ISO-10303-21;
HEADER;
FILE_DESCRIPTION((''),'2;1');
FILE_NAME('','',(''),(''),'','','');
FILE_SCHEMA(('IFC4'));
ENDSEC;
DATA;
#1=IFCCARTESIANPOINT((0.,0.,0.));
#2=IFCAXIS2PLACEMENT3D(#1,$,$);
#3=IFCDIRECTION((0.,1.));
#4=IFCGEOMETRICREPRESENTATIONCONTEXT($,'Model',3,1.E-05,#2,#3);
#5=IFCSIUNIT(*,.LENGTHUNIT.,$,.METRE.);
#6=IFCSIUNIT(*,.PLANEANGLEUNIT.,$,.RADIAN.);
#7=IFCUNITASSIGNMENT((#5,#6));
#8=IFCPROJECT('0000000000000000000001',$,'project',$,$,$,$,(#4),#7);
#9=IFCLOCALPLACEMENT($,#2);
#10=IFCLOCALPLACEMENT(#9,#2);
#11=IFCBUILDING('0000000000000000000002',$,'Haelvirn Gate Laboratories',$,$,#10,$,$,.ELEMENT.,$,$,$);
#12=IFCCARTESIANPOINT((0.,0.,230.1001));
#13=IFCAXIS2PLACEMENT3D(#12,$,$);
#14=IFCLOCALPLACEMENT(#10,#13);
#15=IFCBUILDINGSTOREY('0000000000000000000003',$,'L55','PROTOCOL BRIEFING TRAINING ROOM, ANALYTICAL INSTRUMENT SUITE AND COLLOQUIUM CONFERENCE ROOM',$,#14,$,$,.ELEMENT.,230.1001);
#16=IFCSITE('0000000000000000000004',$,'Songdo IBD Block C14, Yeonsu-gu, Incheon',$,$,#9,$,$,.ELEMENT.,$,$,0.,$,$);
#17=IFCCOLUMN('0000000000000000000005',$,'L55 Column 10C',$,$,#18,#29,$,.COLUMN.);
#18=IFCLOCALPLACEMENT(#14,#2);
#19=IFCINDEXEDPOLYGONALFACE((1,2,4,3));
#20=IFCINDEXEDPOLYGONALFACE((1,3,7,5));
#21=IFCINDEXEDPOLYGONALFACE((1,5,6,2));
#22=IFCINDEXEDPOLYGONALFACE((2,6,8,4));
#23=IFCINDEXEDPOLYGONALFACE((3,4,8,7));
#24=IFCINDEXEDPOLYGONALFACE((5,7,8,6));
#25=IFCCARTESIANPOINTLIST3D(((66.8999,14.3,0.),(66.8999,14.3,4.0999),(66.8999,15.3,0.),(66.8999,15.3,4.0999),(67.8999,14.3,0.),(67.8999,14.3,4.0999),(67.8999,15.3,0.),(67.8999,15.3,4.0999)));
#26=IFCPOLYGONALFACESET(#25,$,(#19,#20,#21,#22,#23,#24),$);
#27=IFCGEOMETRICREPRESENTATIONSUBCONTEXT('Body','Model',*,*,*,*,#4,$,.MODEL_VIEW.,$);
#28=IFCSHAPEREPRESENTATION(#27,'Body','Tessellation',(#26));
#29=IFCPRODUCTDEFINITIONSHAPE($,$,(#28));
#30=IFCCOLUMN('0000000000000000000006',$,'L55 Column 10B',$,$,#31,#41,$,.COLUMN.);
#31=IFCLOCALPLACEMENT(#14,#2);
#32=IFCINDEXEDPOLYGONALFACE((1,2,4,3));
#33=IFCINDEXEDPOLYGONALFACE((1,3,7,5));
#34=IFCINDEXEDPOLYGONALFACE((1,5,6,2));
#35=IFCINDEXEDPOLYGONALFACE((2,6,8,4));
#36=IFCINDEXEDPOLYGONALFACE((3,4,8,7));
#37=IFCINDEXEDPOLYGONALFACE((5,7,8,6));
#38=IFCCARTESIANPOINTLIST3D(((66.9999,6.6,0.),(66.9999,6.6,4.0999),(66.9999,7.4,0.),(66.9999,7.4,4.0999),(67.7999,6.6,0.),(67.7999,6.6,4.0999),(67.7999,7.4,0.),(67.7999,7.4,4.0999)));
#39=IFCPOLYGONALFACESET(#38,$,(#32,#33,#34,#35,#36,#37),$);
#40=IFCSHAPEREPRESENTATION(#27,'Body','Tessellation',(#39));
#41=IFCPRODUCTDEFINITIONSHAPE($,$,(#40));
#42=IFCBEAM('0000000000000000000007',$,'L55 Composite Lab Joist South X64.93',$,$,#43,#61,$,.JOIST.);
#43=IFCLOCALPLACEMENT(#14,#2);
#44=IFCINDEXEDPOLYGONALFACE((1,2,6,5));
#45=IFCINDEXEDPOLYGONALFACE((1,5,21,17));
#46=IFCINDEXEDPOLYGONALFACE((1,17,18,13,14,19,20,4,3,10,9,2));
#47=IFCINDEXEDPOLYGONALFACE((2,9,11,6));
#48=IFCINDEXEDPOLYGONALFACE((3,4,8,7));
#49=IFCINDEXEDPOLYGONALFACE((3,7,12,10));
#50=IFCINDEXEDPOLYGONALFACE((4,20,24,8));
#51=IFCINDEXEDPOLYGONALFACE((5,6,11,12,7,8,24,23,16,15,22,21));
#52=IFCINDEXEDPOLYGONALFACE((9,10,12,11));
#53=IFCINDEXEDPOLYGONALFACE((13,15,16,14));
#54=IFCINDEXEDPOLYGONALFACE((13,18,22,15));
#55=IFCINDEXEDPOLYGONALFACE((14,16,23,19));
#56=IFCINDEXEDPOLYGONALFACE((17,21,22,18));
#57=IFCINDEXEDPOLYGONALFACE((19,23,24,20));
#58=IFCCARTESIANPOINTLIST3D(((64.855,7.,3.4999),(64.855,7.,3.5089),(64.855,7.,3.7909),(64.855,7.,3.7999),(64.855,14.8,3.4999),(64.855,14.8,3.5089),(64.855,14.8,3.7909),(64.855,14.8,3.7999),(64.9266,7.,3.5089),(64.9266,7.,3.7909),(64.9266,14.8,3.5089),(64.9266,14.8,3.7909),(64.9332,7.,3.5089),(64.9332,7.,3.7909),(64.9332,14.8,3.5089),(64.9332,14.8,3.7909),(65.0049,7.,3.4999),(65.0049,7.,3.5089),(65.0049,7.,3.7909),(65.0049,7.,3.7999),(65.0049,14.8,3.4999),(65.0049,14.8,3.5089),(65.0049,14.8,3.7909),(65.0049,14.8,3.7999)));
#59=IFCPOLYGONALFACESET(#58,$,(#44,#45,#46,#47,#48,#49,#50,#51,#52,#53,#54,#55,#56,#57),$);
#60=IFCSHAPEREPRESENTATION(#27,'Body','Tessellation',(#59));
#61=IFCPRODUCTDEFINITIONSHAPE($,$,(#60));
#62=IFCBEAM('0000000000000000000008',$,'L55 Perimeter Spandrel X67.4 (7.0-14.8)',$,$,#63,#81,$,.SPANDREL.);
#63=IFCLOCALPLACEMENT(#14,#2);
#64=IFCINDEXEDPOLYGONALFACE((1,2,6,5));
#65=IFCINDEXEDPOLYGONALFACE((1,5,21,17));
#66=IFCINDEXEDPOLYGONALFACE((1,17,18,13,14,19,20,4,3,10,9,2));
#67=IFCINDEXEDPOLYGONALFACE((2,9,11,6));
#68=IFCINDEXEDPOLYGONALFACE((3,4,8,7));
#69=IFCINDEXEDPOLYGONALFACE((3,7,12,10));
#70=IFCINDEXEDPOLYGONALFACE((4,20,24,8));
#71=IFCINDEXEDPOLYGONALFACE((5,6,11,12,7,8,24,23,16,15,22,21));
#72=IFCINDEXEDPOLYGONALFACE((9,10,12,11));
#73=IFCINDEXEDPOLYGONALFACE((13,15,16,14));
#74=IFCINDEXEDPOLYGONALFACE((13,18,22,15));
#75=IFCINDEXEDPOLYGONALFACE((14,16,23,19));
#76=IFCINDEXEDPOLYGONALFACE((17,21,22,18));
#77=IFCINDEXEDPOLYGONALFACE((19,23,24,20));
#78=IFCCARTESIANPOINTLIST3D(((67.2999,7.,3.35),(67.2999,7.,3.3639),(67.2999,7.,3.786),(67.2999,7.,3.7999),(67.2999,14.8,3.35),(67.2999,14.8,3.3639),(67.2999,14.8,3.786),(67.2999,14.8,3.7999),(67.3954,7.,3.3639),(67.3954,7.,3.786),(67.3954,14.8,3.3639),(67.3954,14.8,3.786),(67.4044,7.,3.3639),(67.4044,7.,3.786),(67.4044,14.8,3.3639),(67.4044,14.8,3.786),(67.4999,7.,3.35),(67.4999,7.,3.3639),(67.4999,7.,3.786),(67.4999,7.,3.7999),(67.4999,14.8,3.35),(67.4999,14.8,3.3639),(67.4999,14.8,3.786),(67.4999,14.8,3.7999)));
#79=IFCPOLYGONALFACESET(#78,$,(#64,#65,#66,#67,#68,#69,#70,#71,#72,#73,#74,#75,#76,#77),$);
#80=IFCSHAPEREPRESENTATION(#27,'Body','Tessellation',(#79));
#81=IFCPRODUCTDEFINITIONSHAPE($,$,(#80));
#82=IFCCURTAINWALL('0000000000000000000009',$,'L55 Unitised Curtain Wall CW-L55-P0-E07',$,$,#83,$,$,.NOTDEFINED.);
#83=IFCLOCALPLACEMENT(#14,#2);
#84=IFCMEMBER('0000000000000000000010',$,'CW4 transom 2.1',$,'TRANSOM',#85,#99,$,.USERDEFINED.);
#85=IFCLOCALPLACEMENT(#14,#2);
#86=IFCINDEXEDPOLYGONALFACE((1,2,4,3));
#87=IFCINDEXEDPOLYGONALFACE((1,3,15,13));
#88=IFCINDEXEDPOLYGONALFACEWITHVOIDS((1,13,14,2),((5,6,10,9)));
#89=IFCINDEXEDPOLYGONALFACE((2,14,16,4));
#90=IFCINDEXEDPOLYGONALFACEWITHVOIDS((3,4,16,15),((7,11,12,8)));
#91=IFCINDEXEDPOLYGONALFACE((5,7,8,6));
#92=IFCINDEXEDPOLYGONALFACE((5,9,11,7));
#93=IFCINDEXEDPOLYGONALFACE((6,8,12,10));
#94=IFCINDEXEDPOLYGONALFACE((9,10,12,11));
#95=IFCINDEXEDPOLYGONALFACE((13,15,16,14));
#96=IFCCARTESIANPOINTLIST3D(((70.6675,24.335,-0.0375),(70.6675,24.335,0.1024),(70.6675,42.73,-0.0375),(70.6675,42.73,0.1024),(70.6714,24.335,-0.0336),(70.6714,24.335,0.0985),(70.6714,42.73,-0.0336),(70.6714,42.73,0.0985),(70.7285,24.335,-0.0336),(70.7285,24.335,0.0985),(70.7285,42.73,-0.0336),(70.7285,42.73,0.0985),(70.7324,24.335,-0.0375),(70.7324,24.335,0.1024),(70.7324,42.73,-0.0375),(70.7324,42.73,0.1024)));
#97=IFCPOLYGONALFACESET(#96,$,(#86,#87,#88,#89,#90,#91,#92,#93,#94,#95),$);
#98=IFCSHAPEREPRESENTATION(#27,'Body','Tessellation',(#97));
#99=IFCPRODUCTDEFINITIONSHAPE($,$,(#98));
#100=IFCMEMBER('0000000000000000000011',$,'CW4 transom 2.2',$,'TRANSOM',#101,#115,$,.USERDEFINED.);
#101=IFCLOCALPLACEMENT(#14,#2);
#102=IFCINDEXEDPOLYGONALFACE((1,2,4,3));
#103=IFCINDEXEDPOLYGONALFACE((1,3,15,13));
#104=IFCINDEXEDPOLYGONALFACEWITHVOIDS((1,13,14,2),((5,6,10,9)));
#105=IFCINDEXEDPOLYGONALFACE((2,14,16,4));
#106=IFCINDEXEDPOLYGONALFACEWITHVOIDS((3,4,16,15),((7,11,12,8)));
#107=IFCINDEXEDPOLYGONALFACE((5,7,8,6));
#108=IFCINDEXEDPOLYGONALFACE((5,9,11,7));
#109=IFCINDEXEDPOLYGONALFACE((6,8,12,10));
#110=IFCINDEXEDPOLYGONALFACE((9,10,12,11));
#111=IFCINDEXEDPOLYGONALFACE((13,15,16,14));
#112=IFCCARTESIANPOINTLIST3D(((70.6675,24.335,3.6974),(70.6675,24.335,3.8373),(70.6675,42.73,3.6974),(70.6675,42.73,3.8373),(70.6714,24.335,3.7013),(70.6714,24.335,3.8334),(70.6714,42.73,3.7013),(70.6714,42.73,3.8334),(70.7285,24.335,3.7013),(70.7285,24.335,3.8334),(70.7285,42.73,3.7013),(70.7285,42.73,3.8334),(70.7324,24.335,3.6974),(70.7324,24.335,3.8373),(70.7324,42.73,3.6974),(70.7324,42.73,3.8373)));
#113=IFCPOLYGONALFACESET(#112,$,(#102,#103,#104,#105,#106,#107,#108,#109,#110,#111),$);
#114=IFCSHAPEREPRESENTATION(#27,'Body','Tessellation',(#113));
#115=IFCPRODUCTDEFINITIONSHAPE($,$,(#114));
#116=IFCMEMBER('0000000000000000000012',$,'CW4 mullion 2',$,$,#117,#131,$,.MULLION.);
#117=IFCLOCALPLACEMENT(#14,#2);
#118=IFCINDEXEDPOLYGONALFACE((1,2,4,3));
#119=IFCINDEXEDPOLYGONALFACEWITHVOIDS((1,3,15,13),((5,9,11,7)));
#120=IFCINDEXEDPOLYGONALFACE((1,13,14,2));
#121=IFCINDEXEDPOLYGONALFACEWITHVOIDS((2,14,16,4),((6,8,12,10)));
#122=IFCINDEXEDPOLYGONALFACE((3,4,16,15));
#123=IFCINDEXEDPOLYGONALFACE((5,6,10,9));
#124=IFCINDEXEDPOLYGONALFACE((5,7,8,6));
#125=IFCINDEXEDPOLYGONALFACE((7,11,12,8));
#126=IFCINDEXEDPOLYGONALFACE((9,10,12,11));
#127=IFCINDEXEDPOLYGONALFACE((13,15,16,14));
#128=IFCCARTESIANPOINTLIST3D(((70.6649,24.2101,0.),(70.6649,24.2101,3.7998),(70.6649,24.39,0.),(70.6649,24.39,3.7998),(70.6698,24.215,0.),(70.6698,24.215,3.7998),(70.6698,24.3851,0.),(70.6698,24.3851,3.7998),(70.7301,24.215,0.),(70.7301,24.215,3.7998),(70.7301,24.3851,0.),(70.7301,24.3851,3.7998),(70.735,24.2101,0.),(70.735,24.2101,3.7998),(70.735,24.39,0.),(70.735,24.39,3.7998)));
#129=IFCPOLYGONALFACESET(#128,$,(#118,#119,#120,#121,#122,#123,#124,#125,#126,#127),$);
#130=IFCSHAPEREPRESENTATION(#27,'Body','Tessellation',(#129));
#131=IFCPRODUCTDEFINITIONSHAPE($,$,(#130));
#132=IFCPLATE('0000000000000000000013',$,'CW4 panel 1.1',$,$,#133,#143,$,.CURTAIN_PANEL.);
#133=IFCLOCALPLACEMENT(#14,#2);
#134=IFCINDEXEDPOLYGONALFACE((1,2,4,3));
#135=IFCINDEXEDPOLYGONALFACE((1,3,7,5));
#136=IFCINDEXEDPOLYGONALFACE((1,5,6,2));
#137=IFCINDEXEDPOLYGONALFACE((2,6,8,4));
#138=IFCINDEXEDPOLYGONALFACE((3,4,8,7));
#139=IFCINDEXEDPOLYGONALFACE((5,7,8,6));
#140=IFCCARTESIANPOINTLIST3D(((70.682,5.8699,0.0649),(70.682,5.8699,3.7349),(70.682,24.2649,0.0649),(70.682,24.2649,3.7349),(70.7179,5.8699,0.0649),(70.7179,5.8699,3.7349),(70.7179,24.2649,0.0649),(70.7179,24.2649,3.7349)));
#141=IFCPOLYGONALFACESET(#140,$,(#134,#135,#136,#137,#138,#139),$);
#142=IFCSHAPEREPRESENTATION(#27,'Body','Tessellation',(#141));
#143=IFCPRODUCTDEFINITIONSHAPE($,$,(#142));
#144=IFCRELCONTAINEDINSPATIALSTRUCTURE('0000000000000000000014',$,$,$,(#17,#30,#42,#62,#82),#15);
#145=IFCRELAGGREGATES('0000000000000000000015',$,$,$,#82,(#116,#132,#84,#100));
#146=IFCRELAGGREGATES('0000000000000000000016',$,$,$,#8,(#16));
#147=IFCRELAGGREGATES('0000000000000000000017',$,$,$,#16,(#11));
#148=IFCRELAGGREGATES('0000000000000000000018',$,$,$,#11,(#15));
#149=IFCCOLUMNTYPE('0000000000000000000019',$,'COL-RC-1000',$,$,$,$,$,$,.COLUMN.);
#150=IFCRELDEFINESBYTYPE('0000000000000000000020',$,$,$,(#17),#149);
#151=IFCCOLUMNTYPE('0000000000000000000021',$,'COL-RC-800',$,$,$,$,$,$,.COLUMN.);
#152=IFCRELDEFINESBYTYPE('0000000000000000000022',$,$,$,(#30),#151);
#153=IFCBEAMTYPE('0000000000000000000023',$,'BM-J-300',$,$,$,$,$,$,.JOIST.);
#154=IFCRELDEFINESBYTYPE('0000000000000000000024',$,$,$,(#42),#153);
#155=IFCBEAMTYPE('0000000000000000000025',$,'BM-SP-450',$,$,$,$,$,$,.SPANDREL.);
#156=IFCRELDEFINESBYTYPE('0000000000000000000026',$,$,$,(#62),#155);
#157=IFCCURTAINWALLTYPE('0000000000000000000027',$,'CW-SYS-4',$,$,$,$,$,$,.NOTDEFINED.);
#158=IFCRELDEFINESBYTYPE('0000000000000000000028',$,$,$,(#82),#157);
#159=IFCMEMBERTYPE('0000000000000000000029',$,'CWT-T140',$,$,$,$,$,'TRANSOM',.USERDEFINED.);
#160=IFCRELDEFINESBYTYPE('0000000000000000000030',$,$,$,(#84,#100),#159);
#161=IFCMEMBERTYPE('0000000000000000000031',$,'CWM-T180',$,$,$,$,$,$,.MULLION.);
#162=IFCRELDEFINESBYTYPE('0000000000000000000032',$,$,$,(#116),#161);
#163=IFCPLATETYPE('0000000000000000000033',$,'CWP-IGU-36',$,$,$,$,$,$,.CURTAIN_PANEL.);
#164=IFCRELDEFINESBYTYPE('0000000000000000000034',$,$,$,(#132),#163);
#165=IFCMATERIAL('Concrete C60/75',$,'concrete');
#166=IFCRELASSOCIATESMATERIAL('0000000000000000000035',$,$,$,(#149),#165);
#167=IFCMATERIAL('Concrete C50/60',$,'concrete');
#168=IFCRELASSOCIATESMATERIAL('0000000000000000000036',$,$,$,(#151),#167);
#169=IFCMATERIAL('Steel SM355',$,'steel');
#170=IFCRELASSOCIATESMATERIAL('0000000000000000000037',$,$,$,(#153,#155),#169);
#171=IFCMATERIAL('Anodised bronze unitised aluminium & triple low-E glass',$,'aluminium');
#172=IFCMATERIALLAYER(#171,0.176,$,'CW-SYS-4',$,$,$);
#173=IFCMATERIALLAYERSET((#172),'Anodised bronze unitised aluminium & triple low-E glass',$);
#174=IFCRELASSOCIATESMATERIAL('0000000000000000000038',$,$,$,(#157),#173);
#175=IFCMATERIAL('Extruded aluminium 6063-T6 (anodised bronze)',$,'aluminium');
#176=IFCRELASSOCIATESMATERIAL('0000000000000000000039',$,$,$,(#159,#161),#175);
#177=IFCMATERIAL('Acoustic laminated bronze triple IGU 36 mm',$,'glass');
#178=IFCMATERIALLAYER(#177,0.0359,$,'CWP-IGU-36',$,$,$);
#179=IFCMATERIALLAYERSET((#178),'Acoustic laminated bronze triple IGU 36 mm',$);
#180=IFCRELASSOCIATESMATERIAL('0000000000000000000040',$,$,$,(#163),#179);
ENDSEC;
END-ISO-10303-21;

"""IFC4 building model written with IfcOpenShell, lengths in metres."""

from ifc_helpers import new_model, si_unit, direction, frame, origin, origin_2d, place, context, subcontext, project, spatial, rectangle, hollow_rectangle, i_section, extrude, source, transform, mapped, material, layer, layer_set, material_profile, profile_set, type_object, type_shapes, element, aggregate, save


model = new_model("IFC4")

# Units and contexts
model_context = context("Model", 3, precision=1e-05, world=origin(), true_north=direction((0.0, 1.0)))
body_context = subcontext(model_context, "Body", "Model", "MODEL_VIEW")
ifc_project = project(units=[si_unit("LENGTHUNIT", "METRE"), si_unit("PLANEANGLEUNIT", "RADIAN")], contexts=[model_context])

# Site, building, storey
site_placement = place(None, origin())
site = spatial("IfcSite", under=ifc_project, at=site_placement, Name="Songdo IBD Block C14, Yeonsu-gu, Incheon", CompositionType="ELEMENT", RefElevation=0.0)
building_placement = place(site_placement, origin())
building = spatial("IfcBuilding", under=site, at=building_placement, Name="Haelvirn Gate Laboratories", CompositionType="ELEMENT")
storey_placement = place(building_placement, frame((0.0, 0.0, 230.1001)))
storey = spatial("IfcBuildingStorey", under=building, at=storey_placement, Name="L55", Description="PROTOCOL BRIEFING TRAINING ROOM, ANALYTICAL INSTRUMENT SUITE AND COLLOQUIUM CONFERENCE ROOM", CompositionType="ELEMENT", Elevation=230.1001)

# Columns
ifc_material_1 = material(Name="Concrete C60/75", Category="concrete")
ifc_material_profile_1 = material_profile(ifc_material_1, rectangle(XDim=1.0, YDim=1.0, at=origin_2d()), Name="RC-1000x1000")
ifc_profile_set_1 = profile_set([ifc_material_profile_1], Name="Concrete C60/75")
column_type_1 = type_object("IfcColumnType", Name="COL-RC-1000", PredefinedType="COLUMN", material=ifc_profile_set_1)
shared_shape_1 = source(origin(), body_context, "Body", "SweptSolid", [
    extrude(rectangle(XDim=1.0, YDim=1.0, at=origin_2d()), origin(), (0.0, 0.0, 1.0), 4.0999),
])
type_shapes(column_type_1, [shared_shape_1])
column_1_placement = place(storey_placement, frame((67.3999, 14.8, 0.0), z_axis=(0.0, 0.0, 1.0), x_axis=(1.0, 0.0, 0.0)))
element("IfcColumn", 1, at=column_1_placement, inside=storey, type_object=column_type_1, Name="L55 Column 10C", PredefinedType="COLUMN", context=body_context, shape_type="MappedRepresentation", body=[
    mapped(shared_shape_1, transform((0.0, 0.0, 0.0), scale=1.0)),
])
ifc_material_2 = material(Name="Concrete C50/60", Category="concrete")
ifc_material_profile_2 = material_profile(ifc_material_2, rectangle(XDim=0.8, YDim=0.8, at=origin_2d()), Name="RC-800x800")
ifc_profile_set_2 = profile_set([ifc_material_profile_2], Name="Concrete C50/60")
column_type_2 = type_object("IfcColumnType", Name="COL-RC-800", PredefinedType="COLUMN", material=ifc_profile_set_2)
shared_shape_2 = source(origin(), body_context, "Body", "SweptSolid", [
    extrude(rectangle(XDim=0.8, YDim=0.8, at=origin_2d()), origin(), (0.0, 0.0, 1.0), 4.0999),
])
type_shapes(column_type_2, [shared_shape_2])
column_2_placement = place(storey_placement, frame((67.3999, 7.0, 0.0), z_axis=(0.0, 0.0, 1.0), x_axis=(1.0, 0.0, 0.0)))
element("IfcColumn", 2, at=column_2_placement, inside=storey, type_object=column_type_2, Name="L55 Column 10B", PredefinedType="COLUMN", context=body_context, shape_type="MappedRepresentation", body=[
    mapped(shared_shape_2, transform((0.0, 0.0, 0.0), scale=1.0)),
])

# Beams
ifc_material_3 = material(Name="Steel SM355", Category="steel")
ifc_material_profile_3 = material_profile(ifc_material_3, i_section(OverallWidth=0.1499, OverallDepth=0.3, WebThickness=0.0066, FlangeThickness=0.009, at=origin_2d()), Name="H-300x150x6.5x9")
ifc_profile_set_3 = profile_set([ifc_material_profile_3], Name="Steel SM355")
beam_type_1 = type_object("IfcBeamType", Name="BM-J-300", PredefinedType="JOIST", material=ifc_profile_set_3)
shared_shape_3 = source(origin(), body_context, "Body", "SweptSolid", [
    extrude(i_section(OverallWidth=0.1499, OverallDepth=0.3, WebThickness=0.0066, FlangeThickness=0.009, at=origin_2d()), origin(), (0.0, 0.0, 1.0), 7.8),
])
type_shapes(beam_type_1, [shared_shape_3])
beam_1_placement = place(storey_placement, frame((64.9299, 7.0, 3.6499), z_axis=(0.0, 1.0, 0.0), x_axis=(-1.0, 0.0, 0.0)))
element("IfcBeam", 3, at=beam_1_placement, inside=storey, type_object=beam_type_1, Name="L55 Composite Lab Joist South X64.93", PredefinedType="JOIST", context=body_context, shape_type="MappedRepresentation", body=[
    mapped(shared_shape_3, transform((0.0, 0.0, 0.0), scale=1.0)),
])
ifc_material_profile_4 = material_profile(ifc_material_3, i_section(OverallWidth=0.2, OverallDepth=0.45, WebThickness=0.009, FlangeThickness=0.0139, at=origin_2d()), Name="H-450x200x9x14")
ifc_profile_set_4 = profile_set([ifc_material_profile_4], Name="Steel SM355")
beam_type_2 = type_object("IfcBeamType", Name="BM-SP-450", PredefinedType="SPANDREL", material=ifc_profile_set_4)
shared_shape_4 = source(origin(), body_context, "Body", "SweptSolid", [
    extrude(i_section(OverallWidth=0.2, OverallDepth=0.45, WebThickness=0.009, FlangeThickness=0.0139, at=origin_2d()), origin(), (0.0, 0.0, 1.0), 7.8),
])
type_shapes(beam_type_2, [shared_shape_4])
beam_2_placement = place(storey_placement, frame((67.3999, 7.0, 3.575), z_axis=(0.0, 1.0, 0.0), x_axis=(-1.0, 0.0, 0.0)))
element("IfcBeam", 4, at=beam_2_placement, inside=storey, type_object=beam_type_2, Name="L55 Perimeter Spandrel X67.4 (7.0-14.8)", PredefinedType="SPANDREL", context=body_context, shape_type="MappedRepresentation", body=[
    mapped(shared_shape_4, transform((0.0, 0.0, 0.0), scale=1.0)),
])

# Curtain wall, members, plate
ifc_material_4 = material(Name="Anodised bronze unitised aluminium & triple low-E glass", Category="aluminium")
ifc_layer_1 = layer(ifc_material_4, 0.176, Name="CW-SYS-4")
ifc_layer_set_1 = layer_set([ifc_layer_1], Name="Anodised bronze unitised aluminium & triple low-E glass")
curtain_wall_type = type_object("IfcCurtainWallType", Name="CW-SYS-4", PredefinedType="NOTDEFINED", material=ifc_layer_set_1)
curtain_wall_placement = place(storey_placement, origin())
curtain_wall = element("IfcCurtainWall", 5, at=curtain_wall_placement, inside=storey, type_object=curtain_wall_type, Name="L55 Unitised Curtain Wall CW-L55-P0-E07", PredefinedType="NOTDEFINED")
ifc_material_5 = material(Name="Extruded aluminium 6063-T6 (anodised bronze)", Category="aluminium")
ifc_material_profile_5 = material_profile(ifc_material_5, hollow_rectangle(XDim=0.0649, YDim=0.1399, WallThickness=0.0039, at=origin_2d()), Name="CWT-140x65x4")
ifc_profile_set_5 = profile_set([ifc_material_profile_5], Name="Extruded aluminium 6063-T6 (anodised bronze)")
member_type_1 = type_object("IfcMemberType", Name="CWT-T140", ElementType="TRANSOM", PredefinedType="USERDEFINED", material=ifc_profile_set_5)
shared_shape_5 = source(origin(), body_context, "Body", "SweptSolid", [
    extrude(hollow_rectangle(XDim=0.0649, YDim=0.1399, WallThickness=0.0039, at=origin_2d()), origin(), (0.0, 0.0, 1.0), 18.395),
])
type_shapes(member_type_1, [shared_shape_5])
member_1_placement = place(storey_placement, frame((70.7, 24.335, 0.0325), z_axis=(0.0, 1.0, 0.0), x_axis=(-1.0, 0.0, 0.0)))
member_1 = element("IfcMember", 6, at=member_1_placement, type_object=member_type_1, Name="CW4 transom 2.1", ObjectType="TRANSOM", PredefinedType="USERDEFINED", context=body_context, shape_type="MappedRepresentation", body=[
    mapped(shared_shape_5, transform((0.0, 0.0, 0.0), scale=1.0)),
])
member_2_placement = place(storey_placement, frame((70.7, 24.335, 3.7673), z_axis=(0.0, 1.0, 0.0), x_axis=(-1.0, 0.0, 0.0)))
member_2 = element("IfcMember", 7, at=member_2_placement, type_object=member_type_1, Name="CW4 transom 2.2", ObjectType="TRANSOM", PredefinedType="USERDEFINED", context=body_context, shape_type="MappedRepresentation", body=[
    mapped(shared_shape_5, transform((0.0, 0.0, 0.0), scale=1.0)),
])
ifc_material_profile_6 = material_profile(ifc_material_5, hollow_rectangle(XDim=0.0701, YDim=0.1799, WallThickness=0.0049, at=origin_2d()), Name="CWM-180x70x5")
ifc_profile_set_6 = profile_set([ifc_material_profile_6], Name="Extruded aluminium 6063-T6 (anodised bronze)")
member_type_2 = type_object("IfcMemberType", Name="CWM-T180", PredefinedType="MULLION", material=ifc_profile_set_6)
shared_shape_6 = source(origin(), body_context, "Body", "SweptSolid", [
    extrude(hollow_rectangle(XDim=0.0701, YDim=0.1799, WallThickness=0.0049, at=origin_2d()), origin(), (0.0, 0.0, 1.0), 3.7998),
])
type_shapes(member_type_2, [shared_shape_6])
member_3_placement = place(storey_placement, frame((70.7, 24.3, 0.0), z_axis=(0.0, 0.0, 1.0), x_axis=(-1.0, 0.0, 0.0)))
member_3 = element("IfcMember", 8, at=member_3_placement, type_object=member_type_2, Name="CW4 mullion 2", PredefinedType="MULLION", context=body_context, shape_type="MappedRepresentation", body=[
    mapped(shared_shape_6, transform((0.0, 0.0, 0.0), scale=1.0)),
])
ifc_material_6 = material(Name="Acoustic laminated bronze triple IGU 36 mm", Category="glass")
ifc_layer_2 = layer(ifc_material_6, 0.0359, Name="CWP-IGU-36")
ifc_layer_set_2 = layer_set([ifc_layer_2], Name="Acoustic laminated bronze triple IGU 36 mm")
plate_type = type_object("IfcPlateType", Name="CWP-IGU-36", PredefinedType="CURTAIN_PANEL", material=ifc_layer_set_2)
shared_shape_7 = source(origin(), body_context, "Body", "SweptSolid", [
    extrude(rectangle(XDim=18.395, YDim=0.0359, at=origin_2d()), origin(), (0.0, 0.0, 1.0), 3.6699),
])
type_shapes(plate_type, [shared_shape_7])
plate_placement = place(storey_placement, frame((70.7, 15.0674, 0.0649), z_axis=(0.0, 0.0, 1.0), x_axis=(0.0, 1.0, 0.0)))
plate = element("IfcPlate", 9, at=plate_placement, type_object=plate_type, Name="CW4 panel 1.1", PredefinedType="CURTAIN_PANEL", context=body_context, shape_type="MappedRepresentation", body=[
    mapped(shared_shape_7, transform((0.0, 0.0, 0.0), scale=1.0)),
])
aggregate(curtain_wall, [member_3, plate, member_1, member_2])

save(model, "model.ifc")
